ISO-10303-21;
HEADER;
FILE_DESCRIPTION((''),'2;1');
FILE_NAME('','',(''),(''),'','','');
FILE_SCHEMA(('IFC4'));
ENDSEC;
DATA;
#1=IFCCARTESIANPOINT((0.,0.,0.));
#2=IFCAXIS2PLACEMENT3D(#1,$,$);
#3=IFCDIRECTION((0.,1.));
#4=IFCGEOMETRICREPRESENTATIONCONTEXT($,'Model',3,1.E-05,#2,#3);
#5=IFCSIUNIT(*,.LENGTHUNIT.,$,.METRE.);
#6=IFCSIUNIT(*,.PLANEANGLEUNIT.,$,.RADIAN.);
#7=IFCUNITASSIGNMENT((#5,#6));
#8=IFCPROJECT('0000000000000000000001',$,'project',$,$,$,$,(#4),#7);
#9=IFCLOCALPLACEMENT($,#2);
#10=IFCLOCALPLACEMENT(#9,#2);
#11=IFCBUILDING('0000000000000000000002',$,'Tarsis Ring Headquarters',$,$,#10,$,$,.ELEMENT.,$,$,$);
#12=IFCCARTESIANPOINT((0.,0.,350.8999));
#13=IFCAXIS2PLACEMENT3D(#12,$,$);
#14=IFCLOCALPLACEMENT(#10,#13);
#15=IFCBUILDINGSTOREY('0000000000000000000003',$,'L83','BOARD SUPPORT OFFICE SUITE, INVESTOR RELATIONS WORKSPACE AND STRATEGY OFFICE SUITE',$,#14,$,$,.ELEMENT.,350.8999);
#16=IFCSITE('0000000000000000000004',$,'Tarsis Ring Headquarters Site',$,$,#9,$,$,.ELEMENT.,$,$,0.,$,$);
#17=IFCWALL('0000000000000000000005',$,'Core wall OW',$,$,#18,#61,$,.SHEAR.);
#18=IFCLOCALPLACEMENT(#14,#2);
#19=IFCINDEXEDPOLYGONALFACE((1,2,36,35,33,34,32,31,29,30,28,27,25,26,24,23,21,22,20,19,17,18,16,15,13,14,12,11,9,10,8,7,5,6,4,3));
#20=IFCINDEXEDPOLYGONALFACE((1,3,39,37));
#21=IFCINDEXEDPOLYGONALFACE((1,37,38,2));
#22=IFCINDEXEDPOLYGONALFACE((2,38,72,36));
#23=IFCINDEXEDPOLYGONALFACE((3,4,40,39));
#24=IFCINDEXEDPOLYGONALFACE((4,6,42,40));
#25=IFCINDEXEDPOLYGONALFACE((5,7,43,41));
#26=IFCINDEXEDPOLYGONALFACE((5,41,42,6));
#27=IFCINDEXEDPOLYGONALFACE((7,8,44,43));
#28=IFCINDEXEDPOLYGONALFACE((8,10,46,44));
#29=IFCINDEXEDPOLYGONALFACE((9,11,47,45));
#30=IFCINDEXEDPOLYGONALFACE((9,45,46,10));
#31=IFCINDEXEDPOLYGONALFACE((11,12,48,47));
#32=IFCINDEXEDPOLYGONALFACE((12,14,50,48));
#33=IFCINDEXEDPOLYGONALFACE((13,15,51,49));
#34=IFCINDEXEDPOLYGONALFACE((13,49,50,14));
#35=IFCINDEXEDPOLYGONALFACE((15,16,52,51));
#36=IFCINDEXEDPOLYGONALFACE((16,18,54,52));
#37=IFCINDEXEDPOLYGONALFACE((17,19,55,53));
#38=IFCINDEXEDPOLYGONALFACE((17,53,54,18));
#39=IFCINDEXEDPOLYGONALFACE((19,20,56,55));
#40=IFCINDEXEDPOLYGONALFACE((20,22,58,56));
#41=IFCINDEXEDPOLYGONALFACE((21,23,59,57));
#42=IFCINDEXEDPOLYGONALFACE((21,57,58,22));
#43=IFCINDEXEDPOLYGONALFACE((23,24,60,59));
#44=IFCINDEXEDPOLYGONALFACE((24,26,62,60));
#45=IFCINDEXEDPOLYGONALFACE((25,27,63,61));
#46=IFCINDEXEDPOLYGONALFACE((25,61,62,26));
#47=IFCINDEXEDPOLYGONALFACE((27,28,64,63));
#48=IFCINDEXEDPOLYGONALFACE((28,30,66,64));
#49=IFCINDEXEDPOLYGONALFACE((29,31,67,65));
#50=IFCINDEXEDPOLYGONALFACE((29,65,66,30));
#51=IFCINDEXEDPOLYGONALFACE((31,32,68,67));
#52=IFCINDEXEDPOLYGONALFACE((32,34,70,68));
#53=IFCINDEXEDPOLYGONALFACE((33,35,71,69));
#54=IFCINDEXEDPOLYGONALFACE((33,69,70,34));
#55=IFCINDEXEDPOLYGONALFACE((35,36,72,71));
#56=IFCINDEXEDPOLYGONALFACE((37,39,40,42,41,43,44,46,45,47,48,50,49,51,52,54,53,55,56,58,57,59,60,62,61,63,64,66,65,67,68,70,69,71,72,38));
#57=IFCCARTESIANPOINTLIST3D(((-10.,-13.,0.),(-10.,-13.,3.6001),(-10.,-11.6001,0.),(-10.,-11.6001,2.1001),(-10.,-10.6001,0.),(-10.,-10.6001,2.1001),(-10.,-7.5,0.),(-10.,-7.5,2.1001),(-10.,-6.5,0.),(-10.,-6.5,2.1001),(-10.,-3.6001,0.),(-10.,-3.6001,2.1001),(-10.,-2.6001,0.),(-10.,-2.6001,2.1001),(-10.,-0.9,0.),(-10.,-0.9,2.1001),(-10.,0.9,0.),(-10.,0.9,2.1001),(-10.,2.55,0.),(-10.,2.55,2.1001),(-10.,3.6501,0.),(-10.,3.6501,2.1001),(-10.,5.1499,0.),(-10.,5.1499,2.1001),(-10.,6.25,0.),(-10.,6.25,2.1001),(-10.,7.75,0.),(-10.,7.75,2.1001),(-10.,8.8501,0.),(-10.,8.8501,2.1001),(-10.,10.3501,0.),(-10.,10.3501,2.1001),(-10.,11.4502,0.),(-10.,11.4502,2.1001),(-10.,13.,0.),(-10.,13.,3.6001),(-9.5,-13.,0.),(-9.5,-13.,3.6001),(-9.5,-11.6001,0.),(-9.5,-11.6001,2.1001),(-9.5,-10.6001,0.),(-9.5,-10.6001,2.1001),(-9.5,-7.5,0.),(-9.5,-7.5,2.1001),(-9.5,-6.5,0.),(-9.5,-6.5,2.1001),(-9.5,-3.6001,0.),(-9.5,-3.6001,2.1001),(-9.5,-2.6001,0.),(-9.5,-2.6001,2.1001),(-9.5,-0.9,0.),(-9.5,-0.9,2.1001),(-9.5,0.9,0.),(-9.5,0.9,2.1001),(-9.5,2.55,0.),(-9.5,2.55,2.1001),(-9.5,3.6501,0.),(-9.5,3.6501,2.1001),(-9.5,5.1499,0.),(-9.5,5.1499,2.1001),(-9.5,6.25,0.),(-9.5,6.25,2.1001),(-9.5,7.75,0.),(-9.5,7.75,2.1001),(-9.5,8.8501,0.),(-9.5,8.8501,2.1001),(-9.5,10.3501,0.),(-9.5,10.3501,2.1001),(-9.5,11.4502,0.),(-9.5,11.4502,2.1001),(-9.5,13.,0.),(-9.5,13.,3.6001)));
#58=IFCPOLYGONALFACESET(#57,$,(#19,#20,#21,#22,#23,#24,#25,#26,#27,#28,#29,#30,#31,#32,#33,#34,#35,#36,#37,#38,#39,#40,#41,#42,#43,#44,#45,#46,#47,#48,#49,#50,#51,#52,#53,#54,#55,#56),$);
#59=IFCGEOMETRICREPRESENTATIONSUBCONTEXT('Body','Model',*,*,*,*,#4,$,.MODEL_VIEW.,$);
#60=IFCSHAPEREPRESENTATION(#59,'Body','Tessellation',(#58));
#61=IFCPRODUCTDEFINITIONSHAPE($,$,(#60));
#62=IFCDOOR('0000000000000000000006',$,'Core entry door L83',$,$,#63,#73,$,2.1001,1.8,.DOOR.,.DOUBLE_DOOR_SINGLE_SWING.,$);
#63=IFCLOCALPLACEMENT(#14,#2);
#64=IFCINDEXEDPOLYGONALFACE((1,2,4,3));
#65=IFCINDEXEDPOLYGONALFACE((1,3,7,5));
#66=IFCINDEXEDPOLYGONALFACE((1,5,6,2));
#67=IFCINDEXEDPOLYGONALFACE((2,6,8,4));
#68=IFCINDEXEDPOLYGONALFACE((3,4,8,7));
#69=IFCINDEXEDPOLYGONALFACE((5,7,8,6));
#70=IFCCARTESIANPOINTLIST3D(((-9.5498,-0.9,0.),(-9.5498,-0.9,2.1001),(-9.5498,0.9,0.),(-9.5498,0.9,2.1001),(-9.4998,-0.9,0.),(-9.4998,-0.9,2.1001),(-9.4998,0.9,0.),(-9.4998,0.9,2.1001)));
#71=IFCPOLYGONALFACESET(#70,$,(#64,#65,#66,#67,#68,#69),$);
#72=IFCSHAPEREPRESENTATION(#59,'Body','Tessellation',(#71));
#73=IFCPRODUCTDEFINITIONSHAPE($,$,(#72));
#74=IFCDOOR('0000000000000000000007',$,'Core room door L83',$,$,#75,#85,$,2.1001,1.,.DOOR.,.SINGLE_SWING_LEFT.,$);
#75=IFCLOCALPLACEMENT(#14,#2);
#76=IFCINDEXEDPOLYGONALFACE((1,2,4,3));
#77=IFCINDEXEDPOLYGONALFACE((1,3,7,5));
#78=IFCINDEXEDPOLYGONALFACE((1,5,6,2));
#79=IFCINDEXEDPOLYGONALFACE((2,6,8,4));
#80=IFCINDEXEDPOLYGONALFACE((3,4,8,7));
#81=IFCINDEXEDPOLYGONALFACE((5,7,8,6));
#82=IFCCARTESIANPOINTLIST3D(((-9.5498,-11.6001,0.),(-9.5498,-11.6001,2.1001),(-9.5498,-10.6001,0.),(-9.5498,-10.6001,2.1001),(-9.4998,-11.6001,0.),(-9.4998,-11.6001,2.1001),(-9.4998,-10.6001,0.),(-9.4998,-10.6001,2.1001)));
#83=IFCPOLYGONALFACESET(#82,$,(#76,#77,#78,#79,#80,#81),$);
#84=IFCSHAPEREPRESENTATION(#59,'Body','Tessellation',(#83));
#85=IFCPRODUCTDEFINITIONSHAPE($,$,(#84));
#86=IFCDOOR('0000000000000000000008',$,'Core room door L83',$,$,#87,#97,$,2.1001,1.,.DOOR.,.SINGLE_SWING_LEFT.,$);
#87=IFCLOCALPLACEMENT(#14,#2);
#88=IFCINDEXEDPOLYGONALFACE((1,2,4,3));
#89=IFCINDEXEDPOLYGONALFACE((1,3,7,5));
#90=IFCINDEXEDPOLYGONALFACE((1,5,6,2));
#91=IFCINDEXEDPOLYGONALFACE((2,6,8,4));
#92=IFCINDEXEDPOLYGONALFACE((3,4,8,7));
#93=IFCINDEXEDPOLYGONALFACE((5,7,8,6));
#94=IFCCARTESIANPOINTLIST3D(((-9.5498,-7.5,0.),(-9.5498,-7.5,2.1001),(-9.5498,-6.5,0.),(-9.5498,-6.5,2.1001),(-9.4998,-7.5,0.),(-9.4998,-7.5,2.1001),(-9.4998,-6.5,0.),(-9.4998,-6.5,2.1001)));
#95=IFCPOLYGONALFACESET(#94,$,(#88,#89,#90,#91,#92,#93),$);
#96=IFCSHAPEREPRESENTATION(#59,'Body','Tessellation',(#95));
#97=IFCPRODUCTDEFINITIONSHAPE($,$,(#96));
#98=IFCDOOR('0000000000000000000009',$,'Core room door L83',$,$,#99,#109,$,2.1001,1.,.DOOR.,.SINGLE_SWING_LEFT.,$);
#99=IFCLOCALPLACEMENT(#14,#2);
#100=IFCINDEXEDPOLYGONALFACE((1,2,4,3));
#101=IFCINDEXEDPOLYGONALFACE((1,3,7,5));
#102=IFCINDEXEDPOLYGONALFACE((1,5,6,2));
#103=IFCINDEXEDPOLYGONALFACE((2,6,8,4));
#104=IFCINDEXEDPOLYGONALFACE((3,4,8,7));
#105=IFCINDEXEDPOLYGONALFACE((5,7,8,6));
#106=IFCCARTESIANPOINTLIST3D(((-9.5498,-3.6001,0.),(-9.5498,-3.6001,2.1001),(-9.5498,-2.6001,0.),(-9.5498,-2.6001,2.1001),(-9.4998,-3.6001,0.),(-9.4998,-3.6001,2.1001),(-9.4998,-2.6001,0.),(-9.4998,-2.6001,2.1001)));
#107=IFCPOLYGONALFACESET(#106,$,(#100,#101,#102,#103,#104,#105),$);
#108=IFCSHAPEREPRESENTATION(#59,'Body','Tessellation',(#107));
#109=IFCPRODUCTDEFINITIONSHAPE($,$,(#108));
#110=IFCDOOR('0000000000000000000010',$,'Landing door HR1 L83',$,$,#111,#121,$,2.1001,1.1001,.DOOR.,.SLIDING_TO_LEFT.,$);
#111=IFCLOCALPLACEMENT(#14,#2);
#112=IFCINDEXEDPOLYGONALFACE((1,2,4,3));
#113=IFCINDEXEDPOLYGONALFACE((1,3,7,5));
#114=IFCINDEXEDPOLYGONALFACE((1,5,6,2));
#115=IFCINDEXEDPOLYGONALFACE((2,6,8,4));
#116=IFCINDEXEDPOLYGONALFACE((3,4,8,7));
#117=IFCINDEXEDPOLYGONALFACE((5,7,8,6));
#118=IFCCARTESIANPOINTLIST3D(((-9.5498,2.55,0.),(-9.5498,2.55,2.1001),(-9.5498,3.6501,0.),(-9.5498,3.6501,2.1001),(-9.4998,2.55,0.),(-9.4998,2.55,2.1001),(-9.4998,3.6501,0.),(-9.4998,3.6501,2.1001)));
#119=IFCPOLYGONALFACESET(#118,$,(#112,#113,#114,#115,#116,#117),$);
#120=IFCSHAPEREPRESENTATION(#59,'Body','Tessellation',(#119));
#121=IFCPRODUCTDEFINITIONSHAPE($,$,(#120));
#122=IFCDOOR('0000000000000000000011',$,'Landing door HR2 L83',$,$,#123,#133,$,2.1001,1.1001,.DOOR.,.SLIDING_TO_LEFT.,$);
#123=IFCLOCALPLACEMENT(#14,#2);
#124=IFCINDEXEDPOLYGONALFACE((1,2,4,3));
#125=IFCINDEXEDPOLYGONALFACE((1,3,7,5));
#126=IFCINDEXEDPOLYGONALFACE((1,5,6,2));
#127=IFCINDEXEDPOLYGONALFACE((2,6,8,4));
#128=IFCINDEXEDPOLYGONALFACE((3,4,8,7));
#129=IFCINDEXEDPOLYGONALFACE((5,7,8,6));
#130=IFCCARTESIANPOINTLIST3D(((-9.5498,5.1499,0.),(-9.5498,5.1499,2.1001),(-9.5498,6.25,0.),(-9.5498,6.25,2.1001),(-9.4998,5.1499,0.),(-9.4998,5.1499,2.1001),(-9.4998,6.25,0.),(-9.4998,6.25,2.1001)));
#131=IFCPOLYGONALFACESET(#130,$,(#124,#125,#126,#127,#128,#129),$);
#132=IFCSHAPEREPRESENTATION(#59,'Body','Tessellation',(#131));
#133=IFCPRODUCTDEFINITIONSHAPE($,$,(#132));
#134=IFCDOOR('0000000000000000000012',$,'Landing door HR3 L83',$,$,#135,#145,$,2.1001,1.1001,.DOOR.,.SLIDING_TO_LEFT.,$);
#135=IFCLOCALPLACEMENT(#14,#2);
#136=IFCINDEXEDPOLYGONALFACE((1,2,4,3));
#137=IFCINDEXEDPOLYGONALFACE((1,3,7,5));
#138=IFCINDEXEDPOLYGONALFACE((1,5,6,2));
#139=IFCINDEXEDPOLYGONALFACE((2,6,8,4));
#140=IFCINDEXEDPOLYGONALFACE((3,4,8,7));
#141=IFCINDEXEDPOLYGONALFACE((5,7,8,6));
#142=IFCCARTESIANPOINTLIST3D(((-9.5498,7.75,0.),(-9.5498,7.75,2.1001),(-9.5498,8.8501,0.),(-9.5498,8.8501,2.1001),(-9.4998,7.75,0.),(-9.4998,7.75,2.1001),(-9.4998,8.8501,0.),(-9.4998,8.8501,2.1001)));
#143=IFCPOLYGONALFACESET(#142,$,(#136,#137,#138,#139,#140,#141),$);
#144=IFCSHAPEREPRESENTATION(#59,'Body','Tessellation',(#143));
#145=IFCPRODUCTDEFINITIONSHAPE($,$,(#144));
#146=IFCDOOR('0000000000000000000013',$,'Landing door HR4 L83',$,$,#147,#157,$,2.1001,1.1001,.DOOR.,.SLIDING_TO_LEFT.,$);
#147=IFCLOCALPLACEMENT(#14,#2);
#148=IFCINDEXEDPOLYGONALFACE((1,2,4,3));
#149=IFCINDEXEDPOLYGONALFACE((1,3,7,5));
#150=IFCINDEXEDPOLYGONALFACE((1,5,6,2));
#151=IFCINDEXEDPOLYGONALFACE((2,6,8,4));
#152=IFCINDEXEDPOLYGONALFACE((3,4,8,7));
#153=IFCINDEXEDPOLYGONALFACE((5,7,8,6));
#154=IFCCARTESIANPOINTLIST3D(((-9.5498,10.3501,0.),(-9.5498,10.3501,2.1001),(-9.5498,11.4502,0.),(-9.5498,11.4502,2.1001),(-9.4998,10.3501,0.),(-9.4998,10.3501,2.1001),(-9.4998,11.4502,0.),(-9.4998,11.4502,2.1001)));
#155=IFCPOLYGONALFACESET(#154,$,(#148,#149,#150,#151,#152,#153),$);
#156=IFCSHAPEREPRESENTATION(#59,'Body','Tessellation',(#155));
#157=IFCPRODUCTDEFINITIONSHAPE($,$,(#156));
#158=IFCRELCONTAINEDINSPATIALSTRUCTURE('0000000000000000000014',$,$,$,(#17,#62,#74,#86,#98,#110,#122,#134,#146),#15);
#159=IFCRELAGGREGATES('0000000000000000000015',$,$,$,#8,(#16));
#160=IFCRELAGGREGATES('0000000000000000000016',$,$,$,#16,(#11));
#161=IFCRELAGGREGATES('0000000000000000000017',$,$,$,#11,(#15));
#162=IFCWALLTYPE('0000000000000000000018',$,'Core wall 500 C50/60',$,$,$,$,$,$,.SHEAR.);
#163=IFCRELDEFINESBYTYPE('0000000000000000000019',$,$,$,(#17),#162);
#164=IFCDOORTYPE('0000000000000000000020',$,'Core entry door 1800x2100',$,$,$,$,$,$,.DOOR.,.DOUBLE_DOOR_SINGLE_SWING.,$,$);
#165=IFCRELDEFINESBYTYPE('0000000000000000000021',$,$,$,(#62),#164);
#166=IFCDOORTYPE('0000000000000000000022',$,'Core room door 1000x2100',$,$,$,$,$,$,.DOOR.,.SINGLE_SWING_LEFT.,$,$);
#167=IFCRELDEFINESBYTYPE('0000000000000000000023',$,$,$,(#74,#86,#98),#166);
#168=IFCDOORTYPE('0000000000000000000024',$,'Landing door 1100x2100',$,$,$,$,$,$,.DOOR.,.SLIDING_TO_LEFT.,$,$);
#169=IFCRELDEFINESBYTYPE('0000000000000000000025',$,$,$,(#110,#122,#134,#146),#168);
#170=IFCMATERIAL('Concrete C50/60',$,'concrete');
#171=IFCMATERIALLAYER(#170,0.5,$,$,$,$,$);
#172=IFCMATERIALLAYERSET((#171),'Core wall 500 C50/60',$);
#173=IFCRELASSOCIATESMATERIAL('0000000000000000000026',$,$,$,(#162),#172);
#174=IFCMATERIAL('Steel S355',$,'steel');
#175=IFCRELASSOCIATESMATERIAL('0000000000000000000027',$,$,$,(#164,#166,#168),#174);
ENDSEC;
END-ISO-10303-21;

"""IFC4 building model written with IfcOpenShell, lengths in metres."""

from ifc_helpers import new_model, si_unit, direction, frame, frame_2d, origin, place, context, subcontext, project, spatial, rectangle, extrude, material, layer, layer_set, type_object, element, fill, save


model = new_model("IFC4")

# Units and contexts
model_context = context("Model", 3, precision=1e-05, world=origin(), true_north=direction((0.0, 1.0)))
body_context = subcontext(model_context, "Body", "Model", "MODEL_VIEW")
ifc_project = project(units=[si_unit("LENGTHUNIT", "METRE"), si_unit("PLANEANGLEUNIT", "RADIAN")], contexts=[model_context])

# Site, building, storey
site_placement = place(None, origin())
site = spatial("IfcSite", under=ifc_project, at=site_placement, Name="Tarsis Ring Headquarters Site", CompositionType="ELEMENT", RefElevation=0.0)
building_placement = place(site_placement, origin())
building = spatial("IfcBuilding", under=site, at=building_placement, Name="Tarsis Ring Headquarters", CompositionType="ELEMENT")
storey_placement = place(building_placement, frame((0.0, 0.0, 350.8999)))
storey = spatial("IfcBuildingStorey", under=building, at=storey_placement, Name="L83", Description="BOARD SUPPORT OFFICE SUITE, INVESTOR RELATIONS WORKSPACE AND STRATEGY OFFICE SUITE", CompositionType="ELEMENT", Elevation=350.8999)

# Wall, openings, doors
ifc_material_1 = material(Name="Concrete C50/60", Category="concrete")
ifc_layer_1 = layer(ifc_material_1, 0.5)
ifc_layer_set_1 = layer_set([ifc_layer_1], Name="Core wall 500 C50/60")
wall_type_1 = type_object("IfcWallType", Name="Core wall 500 C50/60", PredefinedType="SHEAR", material=ifc_layer_set_1)
wall_1_placement = place(storey_placement, frame((-9.75, -13.0, 0.0), z_axis=(0.0, 0.0, 1.0), x_axis=(0.0, 1.0, 0.0)))
wall_1 = element("IfcWall", 1, at=wall_1_placement, inside=storey, type_object=wall_type_1, Name="Core wall OW", PredefinedType="SHEAR", context=body_context, shape_type="SweptSolid", body=[
    extrude(rectangle(XDim=26.0, YDim=0.5, at=frame_2d((13.0, 0.0))), origin(), (0.0, 0.0, 1.0), 3.6001),
])
opening_1_placement = place(wall_1_placement, frame((1.3999, 0.0, 0.0)))
opening_1 = element("IfcOpeningElement", 2, at=opening_1_placement, cuts=wall_1, PredefinedType="OPENING", context=body_context, shape_type="SweptSolid", body=[
    extrude(rectangle(XDim=1.0, YDim=2.1001, at=frame_2d((0.5, 1.05))), frame((0.0, 0.26, 0.0), z_axis=(0.0, -1.0, 0.0), x_axis=(1.0, 0.0, 0.0)), (0.0, 0.0, 1.0), 0.52),
])
opening_2_placement = place(wall_1_placement, frame((5.5, 0.0, 0.0)))
opening_2 = element("IfcOpeningElement", 3, at=opening_2_placement, cuts=wall_1, PredefinedType="OPENING", context=body_context, shape_type="SweptSolid", body=[
    extrude(rectangle(XDim=1.0, YDim=2.1001, at=frame_2d((0.5, 1.05))), frame((0.0, 0.26, 0.0), z_axis=(0.0, -1.0, 0.0), x_axis=(1.0, 0.0, 0.0)), (0.0, 0.0, 1.0), 0.52),
])
opening_3_placement = place(wall_1_placement, frame((9.3999, 0.0, 0.0)))
opening_3 = element("IfcOpeningElement", 4, at=opening_3_placement, cuts=wall_1, PredefinedType="OPENING", context=body_context, shape_type="SweptSolid", body=[
    extrude(rectangle(XDim=1.0, YDim=2.1001, at=frame_2d((0.5, 1.05))), frame((0.0, 0.26, 0.0), z_axis=(0.0, -1.0, 0.0), x_axis=(1.0, 0.0, 0.0)), (0.0, 0.0, 1.0), 0.52),
])
opening_4_placement = place(wall_1_placement, frame((12.1001, 0.0, 0.0)))
opening_4 = element("IfcOpeningElement", 5, at=opening_4_placement, cuts=wall_1, PredefinedType="OPENING", context=body_context, shape_type="SweptSolid", body=[
    extrude(rectangle(XDim=1.8, YDim=2.1001, at=frame_2d((0.8999, 1.05))), frame((0.0, 0.26, 0.0), z_axis=(0.0, -1.0, 0.0), x_axis=(1.0, 0.0, 0.0)), (0.0, 0.0, 1.0), 0.52),
])
opening_5_placement = place(wall_1_placement, frame((15.55, 0.0, 0.0)))
opening_5 = element("IfcOpeningElement", 6, at=opening_5_placement, cuts=wall_1, PredefinedType="OPENING", context=body_context, shape_type="SweptSolid", body=[
    extrude(rectangle(XDim=1.1001, YDim=2.1001, at=frame_2d((0.55, 1.05))), frame((0.0, 0.26, 0.0), z_axis=(0.0, -1.0, 0.0), x_axis=(1.0, 0.0, 0.0)), (0.0, 0.0, 1.0), 0.52),
])
opening_6_placement = place(wall_1_placement, frame((18.1499, 0.0, 0.0)))
opening_6 = element("IfcOpeningElement", 7, at=opening_6_placement, cuts=wall_1, PredefinedType="OPENING", context=body_context, shape_type="SweptSolid", body=[
    extrude(rectangle(XDim=1.1001, YDim=2.1001, at=frame_2d((0.55, 1.05))), frame((0.0, 0.26, 0.0), z_axis=(0.0, -1.0, 0.0), x_axis=(1.0, 0.0, 0.0)), (0.0, 0.0, 1.0), 0.52),
])
opening_7_placement = place(wall_1_placement, frame((20.75, 0.0, 0.0)))
opening_7 = element("IfcOpeningElement", 8, at=opening_7_placement, cuts=wall_1, PredefinedType="OPENING", context=body_context, shape_type="SweptSolid", body=[
    extrude(rectangle(XDim=1.1001, YDim=2.1001, at=frame_2d((0.55, 1.05))), frame((0.0, 0.26, 0.0), z_axis=(0.0, -1.0, 0.0), x_axis=(1.0, 0.0, 0.0)), (0.0, 0.0, 1.0), 0.52),
])
opening_8_placement = place(wall_1_placement, frame((23.3501, 0.0, 0.0)))
opening_8 = element("IfcOpeningElement", 9, at=opening_8_placement, cuts=wall_1, PredefinedType="OPENING", context=body_context, shape_type="SweptSolid", body=[
    extrude(rectangle(XDim=1.1001, YDim=2.1001, at=frame_2d((0.55, 1.05))), frame((0.0, 0.26, 0.0), z_axis=(0.0, -1.0, 0.0), x_axis=(1.0, 0.0, 0.0)), (0.0, 0.0, 1.0), 0.52),
])
ifc_material_2 = material(Name="Steel S355", Category="steel")
door_type_1 = type_object("IfcDoorType", Name="Core entry door 1800x2100", OperationType="DOUBLE_DOOR_SINGLE_SWING", PredefinedType="DOOR", material=ifc_material_2)
door_1_placement = place(opening_4_placement, origin())
door_1 = element("IfcDoor", 10, at=door_1_placement, inside=storey, type_object=door_type_1, Name="Core entry door L83", OperationType="DOUBLE_DOOR_SINGLE_SWING", OverallHeight=2.1001, OverallWidth=1.8, PredefinedType="DOOR", context=body_context, shape_type="SweptSolid", body=[
    extrude(rectangle(XDim=1.8, YDim=2.1001, at=frame_2d((0.8999, 1.05))), frame((0.0, -0.2002, 0.0), z_axis=(0.0, -1.0, 0.0), x_axis=(1.0, 0.0, 0.0)), (0.0, 0.0, 1.0), 0.05),
])
fill(opening_4, door_1)
door_type_2 = type_object("IfcDoorType", Name="Core room door 1000x2100", OperationType="SINGLE_SWING_LEFT", PredefinedType="DOOR", material=ifc_material_2)
door_2_placement = place(opening_1_placement, origin())
door_2 = element("IfcDoor", 11, at=door_2_placement, inside=storey, type_object=door_type_2, Name="Core room door L83", OperationType="SINGLE_SWING_LEFT", OverallHeight=2.1001, OverallWidth=1.0, PredefinedType="DOOR", context=body_context, shape_type="SweptSolid", body=[
    extrude(rectangle(XDim=1.0, YDim=2.1001, at=frame_2d((0.5, 1.05))), frame((0.0, -0.2002, 0.0), z_axis=(0.0, -1.0, 0.0), x_axis=(1.0, 0.0, 0.0)), (0.0, 0.0, 1.0), 0.05),
])
fill(opening_1, door_2)
door_3_placement = place(opening_2_placement, origin())
door_3 = element("IfcDoor", 12, at=door_3_placement, inside=storey, type_object=door_type_2, Name="Core room door L83", OperationType="SINGLE_SWING_LEFT", OverallHeight=2.1001, OverallWidth=1.0, PredefinedType="DOOR", context=body_context, shape_type="SweptSolid", body=[
    extrude(rectangle(XDim=1.0, YDim=2.1001, at=frame_2d((0.5, 1.05))), frame((0.0, -0.2002, 0.0), z_axis=(0.0, -1.0, 0.0), x_axis=(1.0, 0.0, 0.0)), (0.0, 0.0, 1.0), 0.05),
])
fill(opening_2, door_3)
door_4_placement = place(opening_3_placement, origin())
door_4 = element("IfcDoor", 13, at=door_4_placement, inside=storey, type_object=door_type_2, Name="Core room door L83", OperationType="SINGLE_SWING_LEFT", OverallHeight=2.1001, OverallWidth=1.0, PredefinedType="DOOR", context=body_context, shape_type="SweptSolid", body=[
    extrude(rectangle(XDim=1.0, YDim=2.1001, at=frame_2d((0.5, 1.05))), frame((0.0, -0.2002, 0.0), z_axis=(0.0, -1.0, 0.0), x_axis=(1.0, 0.0, 0.0)), (0.0, 0.0, 1.0), 0.05),
])
fill(opening_3, door_4)
door_type_3 = type_object("IfcDoorType", Name="Landing door 1100x2100", OperationType="SLIDING_TO_LEFT", PredefinedType="DOOR", material=ifc_material_2)
door_5_placement = place(opening_5_placement, origin())
door_5 = element("IfcDoor", 14, at=door_5_placement, inside=storey, type_object=door_type_3, Name="Landing door HR1 L83", OperationType="SLIDING_TO_LEFT", OverallHeight=2.1001, OverallWidth=1.1001, PredefinedType="DOOR", context=body_context, shape_type="SweptSolid", body=[
    extrude(rectangle(XDim=1.1001, YDim=2.1001, at=frame_2d((0.55, 1.05))), frame((0.0, -0.2002, 0.0), z_axis=(0.0, -1.0, 0.0), x_axis=(1.0, 0.0, 0.0)), (0.0, 0.0, 1.0), 0.05),
])
fill(opening_5, door_5)
door_6_placement = place(opening_6_placement, origin())
door_6 = element("IfcDoor", 15, at=door_6_placement, inside=storey, type_object=door_type_3, Name="Landing door HR2 L83", OperationType="SLIDING_TO_LEFT", OverallHeight=2.1001, OverallWidth=1.1001, PredefinedType="DOOR", context=body_context, shape_type="SweptSolid", body=[
    extrude(rectangle(XDim=1.1001, YDim=2.1001, at=frame_2d((0.55, 1.05))), frame((0.0, -0.2002, 0.0), z_axis=(0.0, -1.0, 0.0), x_axis=(1.0, 0.0, 0.0)), (0.0, 0.0, 1.0), 0.05),
])
fill(opening_6, door_6)
door_7_placement = place(opening_7_placement, origin())
door_7 = element("IfcDoor", 16, at=door_7_placement, inside=storey, type_object=door_type_3, Name="Landing door HR3 L83", OperationType="SLIDING_TO_LEFT", OverallHeight=2.1001, OverallWidth=1.1001, PredefinedType="DOOR", context=body_context, shape_type="SweptSolid", body=[
    extrude(rectangle(XDim=1.1001, YDim=2.1001, at=frame_2d((0.55, 1.05))), frame((0.0, -0.2002, 0.0), z_axis=(0.0, -1.0, 0.0), x_axis=(1.0, 0.0, 0.0)), (0.0, 0.0, 1.0), 0.05),
])
fill(opening_7, door_7)
door_8_placement = place(opening_8_placement, origin())
door_8 = element("IfcDoor", 17, at=door_8_placement, inside=storey, type_object=door_type_3, Name="Landing door HR4 L83", OperationType="SLIDING_TO_LEFT", OverallHeight=2.1001, OverallWidth=1.1001, PredefinedType="DOOR", context=body_context, shape_type="SweptSolid", body=[
    extrude(rectangle(XDim=1.1001, YDim=2.1001, at=frame_2d((0.55, 1.05))), frame((0.0, -0.2002, 0.0), z_axis=(0.0, -1.0, 0.0), x_axis=(1.0, 0.0, 0.0)), (0.0, 0.0, 1.0), 0.05),
])
fill(opening_8, door_8)

save(model, "model.ifc")
